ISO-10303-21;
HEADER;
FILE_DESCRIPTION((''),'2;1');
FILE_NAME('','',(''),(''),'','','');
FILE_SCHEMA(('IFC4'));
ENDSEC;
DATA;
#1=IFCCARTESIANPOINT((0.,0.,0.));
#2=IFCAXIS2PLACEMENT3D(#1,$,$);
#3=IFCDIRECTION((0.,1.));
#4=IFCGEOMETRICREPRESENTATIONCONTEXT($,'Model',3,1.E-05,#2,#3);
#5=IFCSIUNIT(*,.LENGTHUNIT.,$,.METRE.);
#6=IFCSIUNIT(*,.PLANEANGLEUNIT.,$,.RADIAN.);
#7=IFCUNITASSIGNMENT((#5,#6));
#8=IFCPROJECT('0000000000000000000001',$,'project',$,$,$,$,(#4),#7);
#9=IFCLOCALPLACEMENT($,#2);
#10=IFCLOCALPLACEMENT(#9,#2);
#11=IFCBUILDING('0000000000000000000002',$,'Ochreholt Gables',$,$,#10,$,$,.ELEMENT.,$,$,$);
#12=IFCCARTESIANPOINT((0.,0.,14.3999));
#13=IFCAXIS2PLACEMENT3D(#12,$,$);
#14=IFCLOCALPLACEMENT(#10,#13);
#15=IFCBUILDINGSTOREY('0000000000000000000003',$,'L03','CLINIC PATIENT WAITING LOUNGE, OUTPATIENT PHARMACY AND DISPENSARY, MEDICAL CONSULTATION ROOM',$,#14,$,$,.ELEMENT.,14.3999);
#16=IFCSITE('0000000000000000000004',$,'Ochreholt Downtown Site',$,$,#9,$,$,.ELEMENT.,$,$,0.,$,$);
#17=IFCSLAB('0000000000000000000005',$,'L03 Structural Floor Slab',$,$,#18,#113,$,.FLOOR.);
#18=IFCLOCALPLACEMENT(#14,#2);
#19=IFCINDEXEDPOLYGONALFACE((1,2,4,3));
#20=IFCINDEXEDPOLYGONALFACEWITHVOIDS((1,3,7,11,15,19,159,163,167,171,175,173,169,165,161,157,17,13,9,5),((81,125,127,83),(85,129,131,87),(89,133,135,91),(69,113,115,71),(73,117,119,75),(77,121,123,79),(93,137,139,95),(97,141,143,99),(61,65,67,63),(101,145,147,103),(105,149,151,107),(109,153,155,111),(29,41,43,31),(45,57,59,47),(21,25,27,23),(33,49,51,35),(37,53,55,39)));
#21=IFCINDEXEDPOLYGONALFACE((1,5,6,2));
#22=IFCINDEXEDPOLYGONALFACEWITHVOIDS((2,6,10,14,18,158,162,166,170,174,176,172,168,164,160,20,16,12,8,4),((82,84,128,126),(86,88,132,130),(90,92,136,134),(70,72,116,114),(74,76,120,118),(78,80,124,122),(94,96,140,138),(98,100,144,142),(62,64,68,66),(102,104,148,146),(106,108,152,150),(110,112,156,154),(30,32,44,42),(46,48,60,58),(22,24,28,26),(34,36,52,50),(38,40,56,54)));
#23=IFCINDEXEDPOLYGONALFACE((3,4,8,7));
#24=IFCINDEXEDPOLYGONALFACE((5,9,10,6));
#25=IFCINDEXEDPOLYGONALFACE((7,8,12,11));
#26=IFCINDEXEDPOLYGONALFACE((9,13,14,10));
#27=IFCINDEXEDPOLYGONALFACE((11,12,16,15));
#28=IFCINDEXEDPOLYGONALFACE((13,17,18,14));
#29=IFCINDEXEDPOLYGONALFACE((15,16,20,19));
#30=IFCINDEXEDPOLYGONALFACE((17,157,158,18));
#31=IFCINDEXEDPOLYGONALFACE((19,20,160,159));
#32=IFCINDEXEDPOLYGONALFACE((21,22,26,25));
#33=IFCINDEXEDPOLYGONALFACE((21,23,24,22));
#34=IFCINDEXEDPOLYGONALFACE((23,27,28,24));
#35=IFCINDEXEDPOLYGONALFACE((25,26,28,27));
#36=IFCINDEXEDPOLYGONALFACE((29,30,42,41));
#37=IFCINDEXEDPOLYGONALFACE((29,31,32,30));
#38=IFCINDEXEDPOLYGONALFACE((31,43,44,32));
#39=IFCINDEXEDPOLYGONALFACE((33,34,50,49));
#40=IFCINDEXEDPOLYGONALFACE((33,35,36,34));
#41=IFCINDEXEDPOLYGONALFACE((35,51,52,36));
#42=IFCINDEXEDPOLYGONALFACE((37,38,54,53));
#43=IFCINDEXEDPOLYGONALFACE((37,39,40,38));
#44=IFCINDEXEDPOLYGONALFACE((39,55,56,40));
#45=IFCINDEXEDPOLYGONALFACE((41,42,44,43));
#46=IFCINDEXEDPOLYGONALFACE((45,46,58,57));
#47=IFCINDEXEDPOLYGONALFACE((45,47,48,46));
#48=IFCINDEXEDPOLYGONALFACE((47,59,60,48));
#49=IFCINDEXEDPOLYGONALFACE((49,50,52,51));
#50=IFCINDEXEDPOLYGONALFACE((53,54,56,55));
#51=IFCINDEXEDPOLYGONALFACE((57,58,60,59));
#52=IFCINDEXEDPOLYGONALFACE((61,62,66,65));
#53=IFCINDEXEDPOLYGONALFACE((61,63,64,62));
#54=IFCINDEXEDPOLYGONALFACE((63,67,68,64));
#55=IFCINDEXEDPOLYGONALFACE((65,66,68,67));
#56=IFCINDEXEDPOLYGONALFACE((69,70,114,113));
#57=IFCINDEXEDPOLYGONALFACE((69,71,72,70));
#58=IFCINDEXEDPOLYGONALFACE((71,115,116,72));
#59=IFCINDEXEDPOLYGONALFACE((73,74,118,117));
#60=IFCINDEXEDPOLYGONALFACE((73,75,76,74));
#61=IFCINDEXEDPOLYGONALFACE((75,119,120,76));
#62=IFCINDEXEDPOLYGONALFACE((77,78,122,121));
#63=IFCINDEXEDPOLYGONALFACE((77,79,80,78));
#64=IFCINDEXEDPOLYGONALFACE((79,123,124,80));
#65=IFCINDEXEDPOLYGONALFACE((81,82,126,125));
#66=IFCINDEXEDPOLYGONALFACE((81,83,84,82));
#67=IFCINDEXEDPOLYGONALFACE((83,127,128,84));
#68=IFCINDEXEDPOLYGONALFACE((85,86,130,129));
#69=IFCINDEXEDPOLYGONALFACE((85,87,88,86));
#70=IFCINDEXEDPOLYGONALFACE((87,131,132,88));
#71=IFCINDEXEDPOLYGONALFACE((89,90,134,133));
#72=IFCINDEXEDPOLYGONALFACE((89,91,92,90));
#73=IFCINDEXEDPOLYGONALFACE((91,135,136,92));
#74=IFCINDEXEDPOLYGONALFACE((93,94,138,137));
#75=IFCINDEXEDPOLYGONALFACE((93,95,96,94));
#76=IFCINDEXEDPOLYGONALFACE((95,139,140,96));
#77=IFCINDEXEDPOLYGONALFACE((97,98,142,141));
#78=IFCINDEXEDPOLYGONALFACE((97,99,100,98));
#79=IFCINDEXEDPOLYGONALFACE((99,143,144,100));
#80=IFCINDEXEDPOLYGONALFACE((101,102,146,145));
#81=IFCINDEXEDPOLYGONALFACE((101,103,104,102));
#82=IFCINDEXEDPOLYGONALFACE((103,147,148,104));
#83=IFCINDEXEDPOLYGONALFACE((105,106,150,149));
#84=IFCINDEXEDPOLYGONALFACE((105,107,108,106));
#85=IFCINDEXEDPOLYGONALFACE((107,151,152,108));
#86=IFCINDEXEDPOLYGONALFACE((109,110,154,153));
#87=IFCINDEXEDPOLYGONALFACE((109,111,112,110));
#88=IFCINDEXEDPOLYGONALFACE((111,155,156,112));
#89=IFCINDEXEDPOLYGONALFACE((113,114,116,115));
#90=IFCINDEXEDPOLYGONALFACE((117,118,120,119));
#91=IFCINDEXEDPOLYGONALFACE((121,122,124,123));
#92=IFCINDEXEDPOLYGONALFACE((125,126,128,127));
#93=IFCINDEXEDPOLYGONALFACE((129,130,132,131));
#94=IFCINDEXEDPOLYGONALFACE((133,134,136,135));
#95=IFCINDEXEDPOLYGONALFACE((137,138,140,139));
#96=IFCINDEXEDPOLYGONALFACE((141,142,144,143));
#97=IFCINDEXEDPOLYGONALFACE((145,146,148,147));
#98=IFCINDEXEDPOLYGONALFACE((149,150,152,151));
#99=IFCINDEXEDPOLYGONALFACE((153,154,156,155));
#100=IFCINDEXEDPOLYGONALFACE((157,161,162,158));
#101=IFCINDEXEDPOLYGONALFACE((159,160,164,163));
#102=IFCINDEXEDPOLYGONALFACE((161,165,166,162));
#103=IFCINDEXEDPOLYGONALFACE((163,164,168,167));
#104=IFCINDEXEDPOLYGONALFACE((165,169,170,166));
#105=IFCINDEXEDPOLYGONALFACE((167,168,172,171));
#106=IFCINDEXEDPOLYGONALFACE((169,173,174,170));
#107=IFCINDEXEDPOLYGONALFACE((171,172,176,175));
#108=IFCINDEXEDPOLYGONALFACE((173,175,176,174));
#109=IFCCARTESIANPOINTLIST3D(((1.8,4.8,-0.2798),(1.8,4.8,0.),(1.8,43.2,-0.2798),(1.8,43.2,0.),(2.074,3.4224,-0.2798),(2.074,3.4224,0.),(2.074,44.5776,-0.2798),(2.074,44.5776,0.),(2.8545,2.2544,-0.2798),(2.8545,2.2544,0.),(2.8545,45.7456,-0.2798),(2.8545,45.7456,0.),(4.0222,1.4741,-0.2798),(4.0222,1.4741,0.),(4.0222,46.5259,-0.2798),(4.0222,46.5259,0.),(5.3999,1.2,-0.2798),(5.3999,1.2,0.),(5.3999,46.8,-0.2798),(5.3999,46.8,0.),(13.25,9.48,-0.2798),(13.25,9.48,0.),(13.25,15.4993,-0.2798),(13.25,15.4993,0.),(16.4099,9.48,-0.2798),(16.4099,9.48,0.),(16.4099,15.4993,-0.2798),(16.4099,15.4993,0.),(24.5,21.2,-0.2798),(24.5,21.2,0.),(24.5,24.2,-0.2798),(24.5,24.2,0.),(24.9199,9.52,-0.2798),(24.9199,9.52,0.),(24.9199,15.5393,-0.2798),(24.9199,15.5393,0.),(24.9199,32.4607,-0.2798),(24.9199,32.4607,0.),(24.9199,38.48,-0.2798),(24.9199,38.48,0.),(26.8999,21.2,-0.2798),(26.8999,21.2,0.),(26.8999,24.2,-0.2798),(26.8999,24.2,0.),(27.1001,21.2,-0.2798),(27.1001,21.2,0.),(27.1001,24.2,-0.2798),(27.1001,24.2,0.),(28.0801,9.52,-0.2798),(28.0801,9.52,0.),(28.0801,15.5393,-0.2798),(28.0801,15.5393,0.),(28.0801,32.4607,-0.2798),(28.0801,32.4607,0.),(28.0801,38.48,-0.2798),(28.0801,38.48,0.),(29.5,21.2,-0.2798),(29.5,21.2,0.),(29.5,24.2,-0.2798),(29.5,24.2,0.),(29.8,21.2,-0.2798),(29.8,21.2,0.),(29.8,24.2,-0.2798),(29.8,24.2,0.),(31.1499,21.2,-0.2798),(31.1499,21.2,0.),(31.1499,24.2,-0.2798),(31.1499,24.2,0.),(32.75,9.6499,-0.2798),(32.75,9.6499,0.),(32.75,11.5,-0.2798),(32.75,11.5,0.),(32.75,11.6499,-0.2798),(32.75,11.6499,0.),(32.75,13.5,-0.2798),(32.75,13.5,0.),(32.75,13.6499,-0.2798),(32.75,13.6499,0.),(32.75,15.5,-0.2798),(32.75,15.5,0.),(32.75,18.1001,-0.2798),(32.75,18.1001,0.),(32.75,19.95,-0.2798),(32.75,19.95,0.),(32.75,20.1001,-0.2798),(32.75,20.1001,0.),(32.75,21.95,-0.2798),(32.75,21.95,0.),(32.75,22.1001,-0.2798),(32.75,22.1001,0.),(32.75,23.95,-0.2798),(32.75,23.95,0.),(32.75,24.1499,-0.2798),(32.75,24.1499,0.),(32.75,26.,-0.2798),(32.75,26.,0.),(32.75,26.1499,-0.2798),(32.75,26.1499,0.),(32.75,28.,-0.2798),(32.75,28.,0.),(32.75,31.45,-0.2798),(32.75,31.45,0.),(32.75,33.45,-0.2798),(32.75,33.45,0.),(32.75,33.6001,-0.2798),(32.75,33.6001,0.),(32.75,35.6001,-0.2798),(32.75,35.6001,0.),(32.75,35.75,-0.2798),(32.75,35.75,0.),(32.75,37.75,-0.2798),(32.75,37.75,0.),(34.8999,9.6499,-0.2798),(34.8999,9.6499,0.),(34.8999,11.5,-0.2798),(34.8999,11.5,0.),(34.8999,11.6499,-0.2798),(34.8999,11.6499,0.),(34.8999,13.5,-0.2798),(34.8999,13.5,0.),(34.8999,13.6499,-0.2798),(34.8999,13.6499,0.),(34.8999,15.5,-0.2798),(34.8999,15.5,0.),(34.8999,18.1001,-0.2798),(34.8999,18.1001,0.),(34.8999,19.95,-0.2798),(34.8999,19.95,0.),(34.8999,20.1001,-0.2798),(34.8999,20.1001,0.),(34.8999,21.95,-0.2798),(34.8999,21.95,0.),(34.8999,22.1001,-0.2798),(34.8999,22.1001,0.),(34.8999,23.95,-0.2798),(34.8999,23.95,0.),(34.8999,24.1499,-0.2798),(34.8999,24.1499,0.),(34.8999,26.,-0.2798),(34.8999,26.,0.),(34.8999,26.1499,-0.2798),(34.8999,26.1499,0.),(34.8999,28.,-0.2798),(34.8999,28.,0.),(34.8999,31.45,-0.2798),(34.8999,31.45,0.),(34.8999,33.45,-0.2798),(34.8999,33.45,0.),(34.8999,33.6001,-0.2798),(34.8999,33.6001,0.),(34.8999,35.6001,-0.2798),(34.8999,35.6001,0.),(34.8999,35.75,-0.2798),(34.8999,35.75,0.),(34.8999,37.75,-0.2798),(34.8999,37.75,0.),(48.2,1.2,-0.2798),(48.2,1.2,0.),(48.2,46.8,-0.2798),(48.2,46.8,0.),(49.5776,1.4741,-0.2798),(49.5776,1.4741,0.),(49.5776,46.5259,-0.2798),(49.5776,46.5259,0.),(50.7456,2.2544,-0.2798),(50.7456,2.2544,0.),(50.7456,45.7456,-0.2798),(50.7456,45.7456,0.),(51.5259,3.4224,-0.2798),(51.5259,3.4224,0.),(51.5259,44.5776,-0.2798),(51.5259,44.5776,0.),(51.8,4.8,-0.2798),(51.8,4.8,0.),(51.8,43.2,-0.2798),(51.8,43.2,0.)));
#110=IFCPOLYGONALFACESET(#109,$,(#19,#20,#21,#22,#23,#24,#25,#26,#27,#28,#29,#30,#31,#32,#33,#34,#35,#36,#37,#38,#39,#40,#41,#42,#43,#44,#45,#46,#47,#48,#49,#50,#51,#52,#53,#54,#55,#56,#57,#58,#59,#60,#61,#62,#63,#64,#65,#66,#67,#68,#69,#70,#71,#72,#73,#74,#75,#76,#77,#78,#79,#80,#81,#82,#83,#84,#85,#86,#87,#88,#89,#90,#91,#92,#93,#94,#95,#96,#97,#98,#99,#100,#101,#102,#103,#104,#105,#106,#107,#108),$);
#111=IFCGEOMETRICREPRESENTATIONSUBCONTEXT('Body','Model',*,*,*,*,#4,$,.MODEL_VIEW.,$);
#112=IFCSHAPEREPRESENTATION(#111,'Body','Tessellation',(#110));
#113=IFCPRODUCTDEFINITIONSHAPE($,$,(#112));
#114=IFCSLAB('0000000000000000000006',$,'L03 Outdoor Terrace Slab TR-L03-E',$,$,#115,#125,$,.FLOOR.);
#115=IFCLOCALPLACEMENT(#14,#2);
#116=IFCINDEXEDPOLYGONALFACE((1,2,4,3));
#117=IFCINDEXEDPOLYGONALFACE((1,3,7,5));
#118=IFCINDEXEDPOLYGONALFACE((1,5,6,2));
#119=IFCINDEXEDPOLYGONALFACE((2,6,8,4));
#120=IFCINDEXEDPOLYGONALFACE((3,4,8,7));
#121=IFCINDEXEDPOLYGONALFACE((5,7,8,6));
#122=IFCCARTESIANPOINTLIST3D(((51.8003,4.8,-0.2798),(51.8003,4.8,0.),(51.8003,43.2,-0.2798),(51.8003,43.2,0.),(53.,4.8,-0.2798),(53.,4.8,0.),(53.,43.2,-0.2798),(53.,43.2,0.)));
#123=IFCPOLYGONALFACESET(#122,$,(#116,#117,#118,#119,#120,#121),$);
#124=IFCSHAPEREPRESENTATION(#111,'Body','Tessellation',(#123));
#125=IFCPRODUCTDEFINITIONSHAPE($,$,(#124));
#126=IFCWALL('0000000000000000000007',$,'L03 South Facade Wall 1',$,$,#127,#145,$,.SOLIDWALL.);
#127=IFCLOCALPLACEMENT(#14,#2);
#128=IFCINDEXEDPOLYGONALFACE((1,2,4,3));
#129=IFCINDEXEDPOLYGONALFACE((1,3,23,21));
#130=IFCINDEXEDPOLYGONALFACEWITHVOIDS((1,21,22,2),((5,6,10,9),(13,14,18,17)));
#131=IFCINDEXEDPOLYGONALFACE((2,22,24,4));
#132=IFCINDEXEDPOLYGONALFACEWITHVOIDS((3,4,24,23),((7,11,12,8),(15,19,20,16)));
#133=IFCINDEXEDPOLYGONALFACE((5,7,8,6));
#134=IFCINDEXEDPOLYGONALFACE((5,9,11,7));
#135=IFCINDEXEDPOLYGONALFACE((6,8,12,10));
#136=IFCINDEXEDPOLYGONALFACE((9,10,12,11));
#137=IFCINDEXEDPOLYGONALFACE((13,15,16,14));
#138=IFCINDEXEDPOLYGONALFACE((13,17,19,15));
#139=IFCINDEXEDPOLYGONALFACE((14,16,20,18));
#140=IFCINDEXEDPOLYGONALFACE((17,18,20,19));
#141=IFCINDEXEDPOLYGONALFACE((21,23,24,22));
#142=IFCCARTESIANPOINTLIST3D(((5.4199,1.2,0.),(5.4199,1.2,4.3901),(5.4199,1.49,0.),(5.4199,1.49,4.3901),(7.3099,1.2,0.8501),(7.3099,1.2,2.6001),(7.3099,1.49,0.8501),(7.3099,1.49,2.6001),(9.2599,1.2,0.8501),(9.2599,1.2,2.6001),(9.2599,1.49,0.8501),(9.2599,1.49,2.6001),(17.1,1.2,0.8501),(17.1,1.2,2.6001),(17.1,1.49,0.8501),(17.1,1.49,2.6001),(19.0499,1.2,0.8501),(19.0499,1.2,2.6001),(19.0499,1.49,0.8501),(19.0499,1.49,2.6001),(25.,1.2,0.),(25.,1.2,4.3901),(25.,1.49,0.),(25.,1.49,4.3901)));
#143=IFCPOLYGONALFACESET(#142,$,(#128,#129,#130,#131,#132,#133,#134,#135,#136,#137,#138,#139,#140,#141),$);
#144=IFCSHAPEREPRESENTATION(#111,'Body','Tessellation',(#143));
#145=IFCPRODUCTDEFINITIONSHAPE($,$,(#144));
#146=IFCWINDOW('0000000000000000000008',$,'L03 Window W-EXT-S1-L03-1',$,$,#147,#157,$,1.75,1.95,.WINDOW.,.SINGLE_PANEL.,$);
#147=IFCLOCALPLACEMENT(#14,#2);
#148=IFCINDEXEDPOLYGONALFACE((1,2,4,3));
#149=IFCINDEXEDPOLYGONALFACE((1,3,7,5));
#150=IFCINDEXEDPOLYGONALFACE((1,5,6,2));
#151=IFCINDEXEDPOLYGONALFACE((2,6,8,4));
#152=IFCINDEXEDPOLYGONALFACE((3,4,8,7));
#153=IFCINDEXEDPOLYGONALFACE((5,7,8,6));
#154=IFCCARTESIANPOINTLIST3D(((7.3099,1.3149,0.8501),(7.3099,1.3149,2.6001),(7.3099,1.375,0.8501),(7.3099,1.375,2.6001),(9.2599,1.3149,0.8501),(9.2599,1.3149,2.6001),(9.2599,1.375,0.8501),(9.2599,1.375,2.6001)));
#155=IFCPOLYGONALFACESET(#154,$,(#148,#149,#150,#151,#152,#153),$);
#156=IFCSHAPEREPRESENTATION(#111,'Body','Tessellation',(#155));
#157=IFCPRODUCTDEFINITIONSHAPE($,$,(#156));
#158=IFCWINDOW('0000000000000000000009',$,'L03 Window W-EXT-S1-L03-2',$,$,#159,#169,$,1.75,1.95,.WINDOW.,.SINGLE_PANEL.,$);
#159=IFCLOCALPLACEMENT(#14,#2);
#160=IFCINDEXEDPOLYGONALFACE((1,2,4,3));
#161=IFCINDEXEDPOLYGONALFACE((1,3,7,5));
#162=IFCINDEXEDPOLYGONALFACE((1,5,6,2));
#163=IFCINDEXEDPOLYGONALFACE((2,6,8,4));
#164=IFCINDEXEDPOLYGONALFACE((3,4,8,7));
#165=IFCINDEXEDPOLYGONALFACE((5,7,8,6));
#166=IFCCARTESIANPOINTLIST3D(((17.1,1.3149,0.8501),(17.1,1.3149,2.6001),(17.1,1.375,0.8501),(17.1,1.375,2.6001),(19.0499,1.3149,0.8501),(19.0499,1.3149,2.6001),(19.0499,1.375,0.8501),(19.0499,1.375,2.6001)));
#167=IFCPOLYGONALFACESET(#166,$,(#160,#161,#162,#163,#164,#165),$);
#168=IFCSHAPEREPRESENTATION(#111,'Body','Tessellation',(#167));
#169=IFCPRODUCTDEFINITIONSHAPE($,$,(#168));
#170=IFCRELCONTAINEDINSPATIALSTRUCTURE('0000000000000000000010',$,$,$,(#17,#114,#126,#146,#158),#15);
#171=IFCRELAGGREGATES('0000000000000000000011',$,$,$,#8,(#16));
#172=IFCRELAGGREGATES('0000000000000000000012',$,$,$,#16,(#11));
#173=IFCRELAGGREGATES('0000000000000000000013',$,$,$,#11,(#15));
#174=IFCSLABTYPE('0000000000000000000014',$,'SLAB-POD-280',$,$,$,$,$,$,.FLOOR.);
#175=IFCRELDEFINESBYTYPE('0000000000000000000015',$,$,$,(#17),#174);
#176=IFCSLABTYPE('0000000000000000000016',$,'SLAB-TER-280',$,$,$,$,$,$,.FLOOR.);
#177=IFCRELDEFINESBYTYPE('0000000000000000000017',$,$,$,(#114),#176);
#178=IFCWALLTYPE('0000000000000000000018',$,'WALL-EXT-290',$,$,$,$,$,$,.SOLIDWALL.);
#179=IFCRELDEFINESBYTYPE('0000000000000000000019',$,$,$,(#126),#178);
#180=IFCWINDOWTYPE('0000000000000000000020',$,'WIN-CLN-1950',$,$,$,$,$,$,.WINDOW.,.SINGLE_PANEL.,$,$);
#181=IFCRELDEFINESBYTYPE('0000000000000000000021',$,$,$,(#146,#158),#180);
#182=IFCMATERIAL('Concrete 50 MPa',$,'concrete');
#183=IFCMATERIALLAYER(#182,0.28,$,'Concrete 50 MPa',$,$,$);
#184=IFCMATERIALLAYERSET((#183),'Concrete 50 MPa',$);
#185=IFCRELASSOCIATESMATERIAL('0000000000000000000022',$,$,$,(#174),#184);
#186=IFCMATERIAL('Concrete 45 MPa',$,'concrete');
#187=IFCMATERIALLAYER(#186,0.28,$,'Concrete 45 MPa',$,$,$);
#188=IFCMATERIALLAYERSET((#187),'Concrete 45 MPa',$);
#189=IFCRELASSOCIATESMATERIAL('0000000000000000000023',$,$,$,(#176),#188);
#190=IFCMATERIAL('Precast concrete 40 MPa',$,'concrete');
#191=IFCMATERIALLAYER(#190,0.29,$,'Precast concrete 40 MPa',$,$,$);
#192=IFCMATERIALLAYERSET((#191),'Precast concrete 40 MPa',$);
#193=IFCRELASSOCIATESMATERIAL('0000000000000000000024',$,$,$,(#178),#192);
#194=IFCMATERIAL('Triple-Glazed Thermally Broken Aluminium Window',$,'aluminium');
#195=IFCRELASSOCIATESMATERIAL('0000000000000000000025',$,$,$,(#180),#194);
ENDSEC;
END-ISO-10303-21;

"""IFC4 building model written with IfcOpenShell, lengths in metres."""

from ifc_helpers import new_model, si_unit, direction, frame, frame_2d, origin, place, context, subcontext, project, spatial, polyline, rectangle, outline, extrude, material, layer, layer_set, type_object, element, fill, save


model = new_model("IFC4")

# Units and contexts
model_context = context("Model", 3, precision=1e-05, world=origin(), true_north=direction((0.0, 1.0)))
body_context = subcontext(model_context, "Body", "Model", "MODEL_VIEW")
ifc_project = project(units=[si_unit("LENGTHUNIT", "METRE"), si_unit("PLANEANGLEUNIT", "RADIAN")], contexts=[model_context])

# Site, building, storey
site_placement = place(None, origin())
site = spatial("IfcSite", under=ifc_project, at=site_placement, Name="Ochreholt Downtown Site", CompositionType="ELEMENT", RefElevation=0.0)
building_placement = place(site_placement, origin())
building = spatial("IfcBuilding", under=site, at=building_placement, Name="Ochreholt Gables", CompositionType="ELEMENT")
storey_placement = place(building_placement, frame((0.0, 0.0, 14.3999)))
storey = spatial("IfcBuildingStorey", under=building, at=storey_placement, Name="L03", Description="CLINIC PATIENT WAITING LOUNGE, OUTPATIENT PHARMACY AND DISPENSARY, MEDICAL CONSULTATION ROOM", CompositionType="ELEMENT", Elevation=14.3999)

# Slabs
ifc_material_1 = material(Name="Concrete 50 MPa", Category="concrete")
ifc_layer_1 = layer(ifc_material_1, 0.28, Name="Concrete 50 MPa")
ifc_layer_set_1 = layer_set([ifc_layer_1], Name="Concrete 50 MPa")
slab_type_1 = type_object("IfcSlabType", Name="SLAB-POD-280", PredefinedType="FLOOR", material=ifc_layer_set_1)
slab_1_placement = place(storey_placement, frame((0.0, 0.0, -0.2798)))
element("IfcSlab", 1, at=slab_1_placement, inside=storey, type_object=slab_type_1, Name="L03 Structural Floor Slab", PredefinedType="FLOOR", context=body_context, shape_type="SweptSolid", body=[
    extrude(outline(polyline([(1.8, 4.8), (2.074, 3.4224), (2.8545, 2.2544), (4.0222, 1.4741), (5.3999, 1.2), (48.2, 1.2), (49.5776, 1.4741), (50.7456, 2.2544), (51.5259, 3.4224), (51.8, 4.8), (51.8, 43.2), (51.5259, 44.5776), (50.7456, 45.7456), (49.5776, 46.5259), (48.2, 46.8), (5.3999, 46.8), (4.0222, 46.5259), (2.8545, 45.7456), (2.074, 44.5776), (1.8, 43.2), (1.8, 4.8)]), holes=[polyline([(24.9199, 15.5393), (24.9199, 9.52), (28.0801, 9.52), (28.0801, 15.5393), (24.9199, 15.5393)]), polyline([(28.0801, 32.4607), (28.0801, 38.48), (24.9199, 38.48), (24.9199, 32.4607), (28.0801, 32.4607)]), polyline([(13.25, 15.4993), (13.25, 9.48), (16.4099, 9.48), (16.4099, 15.4993), (13.25, 15.4993)]), polyline([(24.5, 21.2), (26.8999, 21.2), (26.8999, 24.2), (24.5, 24.2), (24.5, 21.2)]), polyline([(27.1001, 21.2), (29.5, 21.2), (29.5, 24.2), (27.1001, 24.2), (27.1001, 21.2)]), polyline([(32.75, 9.6499), (34.8999, 9.6499), (34.8999, 11.5), (32.75, 11.5), (32.75, 9.6499)]), polyline([(32.75, 11.6499), (34.8999, 11.6499), (34.8999, 13.5), (32.75, 13.5), (32.75, 11.6499)]), polyline([(32.75, 13.6499), (34.8999, 13.6499), (34.8999, 15.5), (32.75, 15.5), (32.75, 13.6499)]), polyline([(32.75, 18.1001), (34.8999, 18.1001), (34.8999, 19.95), (32.75, 19.95), (32.75, 18.1001)]), polyline([(32.75, 20.1001), (34.8999, 20.1001), (34.8999, 21.95), (32.75, 21.95), (32.75, 20.1001)]), polyline([(32.75, 22.1001), (34.8999, 22.1001), (34.8999, 23.95), (32.75, 23.95), (32.75, 22.1001)]), polyline([(32.75, 24.1499), (34.8999, 24.1499), (34.8999, 26.0), (32.75, 26.0), (32.75, 24.1499)]), polyline([(32.75, 26.1499), (34.8999, 26.1499), (34.8999, 28.0), (32.75, 28.0), (32.75, 26.1499)]), polyline([(32.75, 31.45), (34.8999, 31.45), (34.8999, 33.45), (32.75, 33.45), (32.75, 31.45)]), polyline([(32.75, 33.6001), (34.8999, 33.6001), (34.8999, 35.6001), (32.75, 35.6001), (32.75, 33.6001)]), polyline([(32.75, 35.75), (34.8999, 35.75), (34.8999, 37.75), (32.75, 37.75), (32.75, 35.75)]), polyline([(29.8, 21.2), (31.1499, 21.2), (31.1499, 24.2), (29.8, 24.2), (29.8, 21.2)])]), origin(), (0.0, 0.0, 1.0), 0.2798),
])
ifc_material_2 = material(Name="Concrete 45 MPa", Category="concrete")
ifc_layer_2 = layer(ifc_material_2, 0.28, Name="Concrete 45 MPa")
ifc_layer_set_2 = layer_set([ifc_layer_2], Name="Concrete 45 MPa")
slab_type_2 = type_object("IfcSlabType", Name="SLAB-TER-280", PredefinedType="FLOOR", material=ifc_layer_set_2)
slab_2_placement = place(storey_placement, frame((0.0, 0.0, -0.2798)))
element("IfcSlab", 2, at=slab_2_placement, inside=storey, type_object=slab_type_2, Name="L03 Outdoor Terrace Slab TR-L03-E", PredefinedType="FLOOR", context=body_context, shape_type="SweptSolid", body=[
    extrude(outline(polyline([(51.8003, 4.8), (53.0, 4.8), (53.0, 43.2), (51.8003, 43.2), (51.8003, 4.8)])), origin(), (0.0, 0.0, 1.0), 0.2798),
])

# Wall, openings, windows
ifc_material_3 = material(Name="Precast concrete 40 MPa", Category="concrete")
ifc_layer_3 = layer(ifc_material_3, 0.29, Name="Precast concrete 40 MPa")
ifc_layer_set_3 = layer_set([ifc_layer_3], Name="Precast concrete 40 MPa")
wall_type_1 = type_object("IfcWallType", Name="WALL-EXT-290", PredefinedType="SOLIDWALL", material=ifc_layer_set_3)
wall_1_placement = place(storey_placement, frame((5.4199, 1.345, 0.0), z_axis=(0.0, 0.0, 1.0), x_axis=(1.0, 0.0, 0.0)))
wall_1 = element("IfcWall", 3, at=wall_1_placement, inside=storey, type_object=wall_type_1, Name="L03 South Facade Wall 1", PredefinedType="SOLIDWALL", context=body_context, shape_type="SweptSolid", body=[
    extrude(rectangle(XDim=19.5801, YDim=0.29, at=frame_2d((9.79, 0.0))), origin(), (0.0, 0.0, 1.0), 4.3901),
])
opening_1_placement = place(wall_1_placement, frame((1.8899, 0.0, 0.8501)))
opening_1 = element("IfcOpeningElement", 4, at=opening_1_placement, cuts=wall_1, PredefinedType="OPENING", context=body_context, shape_type="SweptSolid", body=[
    extrude(rectangle(XDim=1.95, YDim=1.75, at=frame_2d((0.9751, 0.875))), frame((0.0, 0.155, 0.0), z_axis=(0.0, -1.0, 0.0), x_axis=(1.0, 0.0, 0.0)), (0.0, 0.0, 1.0), 0.3101),
])
opening_2_placement = place(wall_1_placement, frame((11.6799, 0.0, 0.8501)))
opening_2 = element("IfcOpeningElement", 5, at=opening_2_placement, cuts=wall_1, PredefinedType="OPENING", context=body_context, shape_type="SweptSolid", body=[
    extrude(rectangle(XDim=1.95, YDim=1.75, at=frame_2d((0.9751, 0.875))), frame((0.0, 0.155, 0.0), z_axis=(0.0, -1.0, 0.0), x_axis=(1.0, 0.0, 0.0)), (0.0, 0.0, 1.0), 0.3101),
])
ifc_material_4 = material(Name="Triple-Glazed Thermally Broken Aluminium Window", Category="aluminium")
window_type = type_object("IfcWindowType", Name="WIN-CLN-1950", PartitioningType="SINGLE_PANEL", PredefinedType="WINDOW", material=ifc_material_4)
window_1_placement = place(opening_1_placement, origin())
window_1 = element("IfcWindow", 6, at=window_1_placement, inside=storey, type_object=window_type, Name="L03 Window W-EXT-S1-L03-1", OverallHeight=1.75, OverallWidth=1.95, PartitioningType="SINGLE_PANEL", PredefinedType="WINDOW", context=body_context, shape_type="SweptSolid", body=[
    extrude(rectangle(XDim=1.95, YDim=1.75, at=frame_2d((0.9751, 0.875))), frame((0.0, 0.03, 0.0), z_axis=(0.0, -1.0, 0.0), x_axis=(1.0, 0.0, 0.0)), (0.0, 0.0, 1.0), 0.0601),
])
fill(opening_1, window_1)
window_2_placement = place(opening_2_placement, origin())
window_2 = element("IfcWindow", 7, at=window_2_placement, inside=storey, type_object=window_type, Name="L03 Window W-EXT-S1-L03-2", OverallHeight=1.75, OverallWidth=1.95, PartitioningType="SINGLE_PANEL", PredefinedType="WINDOW", context=body_context, shape_type="SweptSolid", body=[
    extrude(rectangle(XDim=1.95, YDim=1.75, at=frame_2d((0.9751, 0.875))), frame((0.0, 0.03, 0.0), z_axis=(0.0, -1.0, 0.0), x_axis=(1.0, 0.0, 0.0)), (0.0, 0.0, 1.0), 0.0601),
])
fill(opening_2, window_2)

save(model, "model.ifc")
